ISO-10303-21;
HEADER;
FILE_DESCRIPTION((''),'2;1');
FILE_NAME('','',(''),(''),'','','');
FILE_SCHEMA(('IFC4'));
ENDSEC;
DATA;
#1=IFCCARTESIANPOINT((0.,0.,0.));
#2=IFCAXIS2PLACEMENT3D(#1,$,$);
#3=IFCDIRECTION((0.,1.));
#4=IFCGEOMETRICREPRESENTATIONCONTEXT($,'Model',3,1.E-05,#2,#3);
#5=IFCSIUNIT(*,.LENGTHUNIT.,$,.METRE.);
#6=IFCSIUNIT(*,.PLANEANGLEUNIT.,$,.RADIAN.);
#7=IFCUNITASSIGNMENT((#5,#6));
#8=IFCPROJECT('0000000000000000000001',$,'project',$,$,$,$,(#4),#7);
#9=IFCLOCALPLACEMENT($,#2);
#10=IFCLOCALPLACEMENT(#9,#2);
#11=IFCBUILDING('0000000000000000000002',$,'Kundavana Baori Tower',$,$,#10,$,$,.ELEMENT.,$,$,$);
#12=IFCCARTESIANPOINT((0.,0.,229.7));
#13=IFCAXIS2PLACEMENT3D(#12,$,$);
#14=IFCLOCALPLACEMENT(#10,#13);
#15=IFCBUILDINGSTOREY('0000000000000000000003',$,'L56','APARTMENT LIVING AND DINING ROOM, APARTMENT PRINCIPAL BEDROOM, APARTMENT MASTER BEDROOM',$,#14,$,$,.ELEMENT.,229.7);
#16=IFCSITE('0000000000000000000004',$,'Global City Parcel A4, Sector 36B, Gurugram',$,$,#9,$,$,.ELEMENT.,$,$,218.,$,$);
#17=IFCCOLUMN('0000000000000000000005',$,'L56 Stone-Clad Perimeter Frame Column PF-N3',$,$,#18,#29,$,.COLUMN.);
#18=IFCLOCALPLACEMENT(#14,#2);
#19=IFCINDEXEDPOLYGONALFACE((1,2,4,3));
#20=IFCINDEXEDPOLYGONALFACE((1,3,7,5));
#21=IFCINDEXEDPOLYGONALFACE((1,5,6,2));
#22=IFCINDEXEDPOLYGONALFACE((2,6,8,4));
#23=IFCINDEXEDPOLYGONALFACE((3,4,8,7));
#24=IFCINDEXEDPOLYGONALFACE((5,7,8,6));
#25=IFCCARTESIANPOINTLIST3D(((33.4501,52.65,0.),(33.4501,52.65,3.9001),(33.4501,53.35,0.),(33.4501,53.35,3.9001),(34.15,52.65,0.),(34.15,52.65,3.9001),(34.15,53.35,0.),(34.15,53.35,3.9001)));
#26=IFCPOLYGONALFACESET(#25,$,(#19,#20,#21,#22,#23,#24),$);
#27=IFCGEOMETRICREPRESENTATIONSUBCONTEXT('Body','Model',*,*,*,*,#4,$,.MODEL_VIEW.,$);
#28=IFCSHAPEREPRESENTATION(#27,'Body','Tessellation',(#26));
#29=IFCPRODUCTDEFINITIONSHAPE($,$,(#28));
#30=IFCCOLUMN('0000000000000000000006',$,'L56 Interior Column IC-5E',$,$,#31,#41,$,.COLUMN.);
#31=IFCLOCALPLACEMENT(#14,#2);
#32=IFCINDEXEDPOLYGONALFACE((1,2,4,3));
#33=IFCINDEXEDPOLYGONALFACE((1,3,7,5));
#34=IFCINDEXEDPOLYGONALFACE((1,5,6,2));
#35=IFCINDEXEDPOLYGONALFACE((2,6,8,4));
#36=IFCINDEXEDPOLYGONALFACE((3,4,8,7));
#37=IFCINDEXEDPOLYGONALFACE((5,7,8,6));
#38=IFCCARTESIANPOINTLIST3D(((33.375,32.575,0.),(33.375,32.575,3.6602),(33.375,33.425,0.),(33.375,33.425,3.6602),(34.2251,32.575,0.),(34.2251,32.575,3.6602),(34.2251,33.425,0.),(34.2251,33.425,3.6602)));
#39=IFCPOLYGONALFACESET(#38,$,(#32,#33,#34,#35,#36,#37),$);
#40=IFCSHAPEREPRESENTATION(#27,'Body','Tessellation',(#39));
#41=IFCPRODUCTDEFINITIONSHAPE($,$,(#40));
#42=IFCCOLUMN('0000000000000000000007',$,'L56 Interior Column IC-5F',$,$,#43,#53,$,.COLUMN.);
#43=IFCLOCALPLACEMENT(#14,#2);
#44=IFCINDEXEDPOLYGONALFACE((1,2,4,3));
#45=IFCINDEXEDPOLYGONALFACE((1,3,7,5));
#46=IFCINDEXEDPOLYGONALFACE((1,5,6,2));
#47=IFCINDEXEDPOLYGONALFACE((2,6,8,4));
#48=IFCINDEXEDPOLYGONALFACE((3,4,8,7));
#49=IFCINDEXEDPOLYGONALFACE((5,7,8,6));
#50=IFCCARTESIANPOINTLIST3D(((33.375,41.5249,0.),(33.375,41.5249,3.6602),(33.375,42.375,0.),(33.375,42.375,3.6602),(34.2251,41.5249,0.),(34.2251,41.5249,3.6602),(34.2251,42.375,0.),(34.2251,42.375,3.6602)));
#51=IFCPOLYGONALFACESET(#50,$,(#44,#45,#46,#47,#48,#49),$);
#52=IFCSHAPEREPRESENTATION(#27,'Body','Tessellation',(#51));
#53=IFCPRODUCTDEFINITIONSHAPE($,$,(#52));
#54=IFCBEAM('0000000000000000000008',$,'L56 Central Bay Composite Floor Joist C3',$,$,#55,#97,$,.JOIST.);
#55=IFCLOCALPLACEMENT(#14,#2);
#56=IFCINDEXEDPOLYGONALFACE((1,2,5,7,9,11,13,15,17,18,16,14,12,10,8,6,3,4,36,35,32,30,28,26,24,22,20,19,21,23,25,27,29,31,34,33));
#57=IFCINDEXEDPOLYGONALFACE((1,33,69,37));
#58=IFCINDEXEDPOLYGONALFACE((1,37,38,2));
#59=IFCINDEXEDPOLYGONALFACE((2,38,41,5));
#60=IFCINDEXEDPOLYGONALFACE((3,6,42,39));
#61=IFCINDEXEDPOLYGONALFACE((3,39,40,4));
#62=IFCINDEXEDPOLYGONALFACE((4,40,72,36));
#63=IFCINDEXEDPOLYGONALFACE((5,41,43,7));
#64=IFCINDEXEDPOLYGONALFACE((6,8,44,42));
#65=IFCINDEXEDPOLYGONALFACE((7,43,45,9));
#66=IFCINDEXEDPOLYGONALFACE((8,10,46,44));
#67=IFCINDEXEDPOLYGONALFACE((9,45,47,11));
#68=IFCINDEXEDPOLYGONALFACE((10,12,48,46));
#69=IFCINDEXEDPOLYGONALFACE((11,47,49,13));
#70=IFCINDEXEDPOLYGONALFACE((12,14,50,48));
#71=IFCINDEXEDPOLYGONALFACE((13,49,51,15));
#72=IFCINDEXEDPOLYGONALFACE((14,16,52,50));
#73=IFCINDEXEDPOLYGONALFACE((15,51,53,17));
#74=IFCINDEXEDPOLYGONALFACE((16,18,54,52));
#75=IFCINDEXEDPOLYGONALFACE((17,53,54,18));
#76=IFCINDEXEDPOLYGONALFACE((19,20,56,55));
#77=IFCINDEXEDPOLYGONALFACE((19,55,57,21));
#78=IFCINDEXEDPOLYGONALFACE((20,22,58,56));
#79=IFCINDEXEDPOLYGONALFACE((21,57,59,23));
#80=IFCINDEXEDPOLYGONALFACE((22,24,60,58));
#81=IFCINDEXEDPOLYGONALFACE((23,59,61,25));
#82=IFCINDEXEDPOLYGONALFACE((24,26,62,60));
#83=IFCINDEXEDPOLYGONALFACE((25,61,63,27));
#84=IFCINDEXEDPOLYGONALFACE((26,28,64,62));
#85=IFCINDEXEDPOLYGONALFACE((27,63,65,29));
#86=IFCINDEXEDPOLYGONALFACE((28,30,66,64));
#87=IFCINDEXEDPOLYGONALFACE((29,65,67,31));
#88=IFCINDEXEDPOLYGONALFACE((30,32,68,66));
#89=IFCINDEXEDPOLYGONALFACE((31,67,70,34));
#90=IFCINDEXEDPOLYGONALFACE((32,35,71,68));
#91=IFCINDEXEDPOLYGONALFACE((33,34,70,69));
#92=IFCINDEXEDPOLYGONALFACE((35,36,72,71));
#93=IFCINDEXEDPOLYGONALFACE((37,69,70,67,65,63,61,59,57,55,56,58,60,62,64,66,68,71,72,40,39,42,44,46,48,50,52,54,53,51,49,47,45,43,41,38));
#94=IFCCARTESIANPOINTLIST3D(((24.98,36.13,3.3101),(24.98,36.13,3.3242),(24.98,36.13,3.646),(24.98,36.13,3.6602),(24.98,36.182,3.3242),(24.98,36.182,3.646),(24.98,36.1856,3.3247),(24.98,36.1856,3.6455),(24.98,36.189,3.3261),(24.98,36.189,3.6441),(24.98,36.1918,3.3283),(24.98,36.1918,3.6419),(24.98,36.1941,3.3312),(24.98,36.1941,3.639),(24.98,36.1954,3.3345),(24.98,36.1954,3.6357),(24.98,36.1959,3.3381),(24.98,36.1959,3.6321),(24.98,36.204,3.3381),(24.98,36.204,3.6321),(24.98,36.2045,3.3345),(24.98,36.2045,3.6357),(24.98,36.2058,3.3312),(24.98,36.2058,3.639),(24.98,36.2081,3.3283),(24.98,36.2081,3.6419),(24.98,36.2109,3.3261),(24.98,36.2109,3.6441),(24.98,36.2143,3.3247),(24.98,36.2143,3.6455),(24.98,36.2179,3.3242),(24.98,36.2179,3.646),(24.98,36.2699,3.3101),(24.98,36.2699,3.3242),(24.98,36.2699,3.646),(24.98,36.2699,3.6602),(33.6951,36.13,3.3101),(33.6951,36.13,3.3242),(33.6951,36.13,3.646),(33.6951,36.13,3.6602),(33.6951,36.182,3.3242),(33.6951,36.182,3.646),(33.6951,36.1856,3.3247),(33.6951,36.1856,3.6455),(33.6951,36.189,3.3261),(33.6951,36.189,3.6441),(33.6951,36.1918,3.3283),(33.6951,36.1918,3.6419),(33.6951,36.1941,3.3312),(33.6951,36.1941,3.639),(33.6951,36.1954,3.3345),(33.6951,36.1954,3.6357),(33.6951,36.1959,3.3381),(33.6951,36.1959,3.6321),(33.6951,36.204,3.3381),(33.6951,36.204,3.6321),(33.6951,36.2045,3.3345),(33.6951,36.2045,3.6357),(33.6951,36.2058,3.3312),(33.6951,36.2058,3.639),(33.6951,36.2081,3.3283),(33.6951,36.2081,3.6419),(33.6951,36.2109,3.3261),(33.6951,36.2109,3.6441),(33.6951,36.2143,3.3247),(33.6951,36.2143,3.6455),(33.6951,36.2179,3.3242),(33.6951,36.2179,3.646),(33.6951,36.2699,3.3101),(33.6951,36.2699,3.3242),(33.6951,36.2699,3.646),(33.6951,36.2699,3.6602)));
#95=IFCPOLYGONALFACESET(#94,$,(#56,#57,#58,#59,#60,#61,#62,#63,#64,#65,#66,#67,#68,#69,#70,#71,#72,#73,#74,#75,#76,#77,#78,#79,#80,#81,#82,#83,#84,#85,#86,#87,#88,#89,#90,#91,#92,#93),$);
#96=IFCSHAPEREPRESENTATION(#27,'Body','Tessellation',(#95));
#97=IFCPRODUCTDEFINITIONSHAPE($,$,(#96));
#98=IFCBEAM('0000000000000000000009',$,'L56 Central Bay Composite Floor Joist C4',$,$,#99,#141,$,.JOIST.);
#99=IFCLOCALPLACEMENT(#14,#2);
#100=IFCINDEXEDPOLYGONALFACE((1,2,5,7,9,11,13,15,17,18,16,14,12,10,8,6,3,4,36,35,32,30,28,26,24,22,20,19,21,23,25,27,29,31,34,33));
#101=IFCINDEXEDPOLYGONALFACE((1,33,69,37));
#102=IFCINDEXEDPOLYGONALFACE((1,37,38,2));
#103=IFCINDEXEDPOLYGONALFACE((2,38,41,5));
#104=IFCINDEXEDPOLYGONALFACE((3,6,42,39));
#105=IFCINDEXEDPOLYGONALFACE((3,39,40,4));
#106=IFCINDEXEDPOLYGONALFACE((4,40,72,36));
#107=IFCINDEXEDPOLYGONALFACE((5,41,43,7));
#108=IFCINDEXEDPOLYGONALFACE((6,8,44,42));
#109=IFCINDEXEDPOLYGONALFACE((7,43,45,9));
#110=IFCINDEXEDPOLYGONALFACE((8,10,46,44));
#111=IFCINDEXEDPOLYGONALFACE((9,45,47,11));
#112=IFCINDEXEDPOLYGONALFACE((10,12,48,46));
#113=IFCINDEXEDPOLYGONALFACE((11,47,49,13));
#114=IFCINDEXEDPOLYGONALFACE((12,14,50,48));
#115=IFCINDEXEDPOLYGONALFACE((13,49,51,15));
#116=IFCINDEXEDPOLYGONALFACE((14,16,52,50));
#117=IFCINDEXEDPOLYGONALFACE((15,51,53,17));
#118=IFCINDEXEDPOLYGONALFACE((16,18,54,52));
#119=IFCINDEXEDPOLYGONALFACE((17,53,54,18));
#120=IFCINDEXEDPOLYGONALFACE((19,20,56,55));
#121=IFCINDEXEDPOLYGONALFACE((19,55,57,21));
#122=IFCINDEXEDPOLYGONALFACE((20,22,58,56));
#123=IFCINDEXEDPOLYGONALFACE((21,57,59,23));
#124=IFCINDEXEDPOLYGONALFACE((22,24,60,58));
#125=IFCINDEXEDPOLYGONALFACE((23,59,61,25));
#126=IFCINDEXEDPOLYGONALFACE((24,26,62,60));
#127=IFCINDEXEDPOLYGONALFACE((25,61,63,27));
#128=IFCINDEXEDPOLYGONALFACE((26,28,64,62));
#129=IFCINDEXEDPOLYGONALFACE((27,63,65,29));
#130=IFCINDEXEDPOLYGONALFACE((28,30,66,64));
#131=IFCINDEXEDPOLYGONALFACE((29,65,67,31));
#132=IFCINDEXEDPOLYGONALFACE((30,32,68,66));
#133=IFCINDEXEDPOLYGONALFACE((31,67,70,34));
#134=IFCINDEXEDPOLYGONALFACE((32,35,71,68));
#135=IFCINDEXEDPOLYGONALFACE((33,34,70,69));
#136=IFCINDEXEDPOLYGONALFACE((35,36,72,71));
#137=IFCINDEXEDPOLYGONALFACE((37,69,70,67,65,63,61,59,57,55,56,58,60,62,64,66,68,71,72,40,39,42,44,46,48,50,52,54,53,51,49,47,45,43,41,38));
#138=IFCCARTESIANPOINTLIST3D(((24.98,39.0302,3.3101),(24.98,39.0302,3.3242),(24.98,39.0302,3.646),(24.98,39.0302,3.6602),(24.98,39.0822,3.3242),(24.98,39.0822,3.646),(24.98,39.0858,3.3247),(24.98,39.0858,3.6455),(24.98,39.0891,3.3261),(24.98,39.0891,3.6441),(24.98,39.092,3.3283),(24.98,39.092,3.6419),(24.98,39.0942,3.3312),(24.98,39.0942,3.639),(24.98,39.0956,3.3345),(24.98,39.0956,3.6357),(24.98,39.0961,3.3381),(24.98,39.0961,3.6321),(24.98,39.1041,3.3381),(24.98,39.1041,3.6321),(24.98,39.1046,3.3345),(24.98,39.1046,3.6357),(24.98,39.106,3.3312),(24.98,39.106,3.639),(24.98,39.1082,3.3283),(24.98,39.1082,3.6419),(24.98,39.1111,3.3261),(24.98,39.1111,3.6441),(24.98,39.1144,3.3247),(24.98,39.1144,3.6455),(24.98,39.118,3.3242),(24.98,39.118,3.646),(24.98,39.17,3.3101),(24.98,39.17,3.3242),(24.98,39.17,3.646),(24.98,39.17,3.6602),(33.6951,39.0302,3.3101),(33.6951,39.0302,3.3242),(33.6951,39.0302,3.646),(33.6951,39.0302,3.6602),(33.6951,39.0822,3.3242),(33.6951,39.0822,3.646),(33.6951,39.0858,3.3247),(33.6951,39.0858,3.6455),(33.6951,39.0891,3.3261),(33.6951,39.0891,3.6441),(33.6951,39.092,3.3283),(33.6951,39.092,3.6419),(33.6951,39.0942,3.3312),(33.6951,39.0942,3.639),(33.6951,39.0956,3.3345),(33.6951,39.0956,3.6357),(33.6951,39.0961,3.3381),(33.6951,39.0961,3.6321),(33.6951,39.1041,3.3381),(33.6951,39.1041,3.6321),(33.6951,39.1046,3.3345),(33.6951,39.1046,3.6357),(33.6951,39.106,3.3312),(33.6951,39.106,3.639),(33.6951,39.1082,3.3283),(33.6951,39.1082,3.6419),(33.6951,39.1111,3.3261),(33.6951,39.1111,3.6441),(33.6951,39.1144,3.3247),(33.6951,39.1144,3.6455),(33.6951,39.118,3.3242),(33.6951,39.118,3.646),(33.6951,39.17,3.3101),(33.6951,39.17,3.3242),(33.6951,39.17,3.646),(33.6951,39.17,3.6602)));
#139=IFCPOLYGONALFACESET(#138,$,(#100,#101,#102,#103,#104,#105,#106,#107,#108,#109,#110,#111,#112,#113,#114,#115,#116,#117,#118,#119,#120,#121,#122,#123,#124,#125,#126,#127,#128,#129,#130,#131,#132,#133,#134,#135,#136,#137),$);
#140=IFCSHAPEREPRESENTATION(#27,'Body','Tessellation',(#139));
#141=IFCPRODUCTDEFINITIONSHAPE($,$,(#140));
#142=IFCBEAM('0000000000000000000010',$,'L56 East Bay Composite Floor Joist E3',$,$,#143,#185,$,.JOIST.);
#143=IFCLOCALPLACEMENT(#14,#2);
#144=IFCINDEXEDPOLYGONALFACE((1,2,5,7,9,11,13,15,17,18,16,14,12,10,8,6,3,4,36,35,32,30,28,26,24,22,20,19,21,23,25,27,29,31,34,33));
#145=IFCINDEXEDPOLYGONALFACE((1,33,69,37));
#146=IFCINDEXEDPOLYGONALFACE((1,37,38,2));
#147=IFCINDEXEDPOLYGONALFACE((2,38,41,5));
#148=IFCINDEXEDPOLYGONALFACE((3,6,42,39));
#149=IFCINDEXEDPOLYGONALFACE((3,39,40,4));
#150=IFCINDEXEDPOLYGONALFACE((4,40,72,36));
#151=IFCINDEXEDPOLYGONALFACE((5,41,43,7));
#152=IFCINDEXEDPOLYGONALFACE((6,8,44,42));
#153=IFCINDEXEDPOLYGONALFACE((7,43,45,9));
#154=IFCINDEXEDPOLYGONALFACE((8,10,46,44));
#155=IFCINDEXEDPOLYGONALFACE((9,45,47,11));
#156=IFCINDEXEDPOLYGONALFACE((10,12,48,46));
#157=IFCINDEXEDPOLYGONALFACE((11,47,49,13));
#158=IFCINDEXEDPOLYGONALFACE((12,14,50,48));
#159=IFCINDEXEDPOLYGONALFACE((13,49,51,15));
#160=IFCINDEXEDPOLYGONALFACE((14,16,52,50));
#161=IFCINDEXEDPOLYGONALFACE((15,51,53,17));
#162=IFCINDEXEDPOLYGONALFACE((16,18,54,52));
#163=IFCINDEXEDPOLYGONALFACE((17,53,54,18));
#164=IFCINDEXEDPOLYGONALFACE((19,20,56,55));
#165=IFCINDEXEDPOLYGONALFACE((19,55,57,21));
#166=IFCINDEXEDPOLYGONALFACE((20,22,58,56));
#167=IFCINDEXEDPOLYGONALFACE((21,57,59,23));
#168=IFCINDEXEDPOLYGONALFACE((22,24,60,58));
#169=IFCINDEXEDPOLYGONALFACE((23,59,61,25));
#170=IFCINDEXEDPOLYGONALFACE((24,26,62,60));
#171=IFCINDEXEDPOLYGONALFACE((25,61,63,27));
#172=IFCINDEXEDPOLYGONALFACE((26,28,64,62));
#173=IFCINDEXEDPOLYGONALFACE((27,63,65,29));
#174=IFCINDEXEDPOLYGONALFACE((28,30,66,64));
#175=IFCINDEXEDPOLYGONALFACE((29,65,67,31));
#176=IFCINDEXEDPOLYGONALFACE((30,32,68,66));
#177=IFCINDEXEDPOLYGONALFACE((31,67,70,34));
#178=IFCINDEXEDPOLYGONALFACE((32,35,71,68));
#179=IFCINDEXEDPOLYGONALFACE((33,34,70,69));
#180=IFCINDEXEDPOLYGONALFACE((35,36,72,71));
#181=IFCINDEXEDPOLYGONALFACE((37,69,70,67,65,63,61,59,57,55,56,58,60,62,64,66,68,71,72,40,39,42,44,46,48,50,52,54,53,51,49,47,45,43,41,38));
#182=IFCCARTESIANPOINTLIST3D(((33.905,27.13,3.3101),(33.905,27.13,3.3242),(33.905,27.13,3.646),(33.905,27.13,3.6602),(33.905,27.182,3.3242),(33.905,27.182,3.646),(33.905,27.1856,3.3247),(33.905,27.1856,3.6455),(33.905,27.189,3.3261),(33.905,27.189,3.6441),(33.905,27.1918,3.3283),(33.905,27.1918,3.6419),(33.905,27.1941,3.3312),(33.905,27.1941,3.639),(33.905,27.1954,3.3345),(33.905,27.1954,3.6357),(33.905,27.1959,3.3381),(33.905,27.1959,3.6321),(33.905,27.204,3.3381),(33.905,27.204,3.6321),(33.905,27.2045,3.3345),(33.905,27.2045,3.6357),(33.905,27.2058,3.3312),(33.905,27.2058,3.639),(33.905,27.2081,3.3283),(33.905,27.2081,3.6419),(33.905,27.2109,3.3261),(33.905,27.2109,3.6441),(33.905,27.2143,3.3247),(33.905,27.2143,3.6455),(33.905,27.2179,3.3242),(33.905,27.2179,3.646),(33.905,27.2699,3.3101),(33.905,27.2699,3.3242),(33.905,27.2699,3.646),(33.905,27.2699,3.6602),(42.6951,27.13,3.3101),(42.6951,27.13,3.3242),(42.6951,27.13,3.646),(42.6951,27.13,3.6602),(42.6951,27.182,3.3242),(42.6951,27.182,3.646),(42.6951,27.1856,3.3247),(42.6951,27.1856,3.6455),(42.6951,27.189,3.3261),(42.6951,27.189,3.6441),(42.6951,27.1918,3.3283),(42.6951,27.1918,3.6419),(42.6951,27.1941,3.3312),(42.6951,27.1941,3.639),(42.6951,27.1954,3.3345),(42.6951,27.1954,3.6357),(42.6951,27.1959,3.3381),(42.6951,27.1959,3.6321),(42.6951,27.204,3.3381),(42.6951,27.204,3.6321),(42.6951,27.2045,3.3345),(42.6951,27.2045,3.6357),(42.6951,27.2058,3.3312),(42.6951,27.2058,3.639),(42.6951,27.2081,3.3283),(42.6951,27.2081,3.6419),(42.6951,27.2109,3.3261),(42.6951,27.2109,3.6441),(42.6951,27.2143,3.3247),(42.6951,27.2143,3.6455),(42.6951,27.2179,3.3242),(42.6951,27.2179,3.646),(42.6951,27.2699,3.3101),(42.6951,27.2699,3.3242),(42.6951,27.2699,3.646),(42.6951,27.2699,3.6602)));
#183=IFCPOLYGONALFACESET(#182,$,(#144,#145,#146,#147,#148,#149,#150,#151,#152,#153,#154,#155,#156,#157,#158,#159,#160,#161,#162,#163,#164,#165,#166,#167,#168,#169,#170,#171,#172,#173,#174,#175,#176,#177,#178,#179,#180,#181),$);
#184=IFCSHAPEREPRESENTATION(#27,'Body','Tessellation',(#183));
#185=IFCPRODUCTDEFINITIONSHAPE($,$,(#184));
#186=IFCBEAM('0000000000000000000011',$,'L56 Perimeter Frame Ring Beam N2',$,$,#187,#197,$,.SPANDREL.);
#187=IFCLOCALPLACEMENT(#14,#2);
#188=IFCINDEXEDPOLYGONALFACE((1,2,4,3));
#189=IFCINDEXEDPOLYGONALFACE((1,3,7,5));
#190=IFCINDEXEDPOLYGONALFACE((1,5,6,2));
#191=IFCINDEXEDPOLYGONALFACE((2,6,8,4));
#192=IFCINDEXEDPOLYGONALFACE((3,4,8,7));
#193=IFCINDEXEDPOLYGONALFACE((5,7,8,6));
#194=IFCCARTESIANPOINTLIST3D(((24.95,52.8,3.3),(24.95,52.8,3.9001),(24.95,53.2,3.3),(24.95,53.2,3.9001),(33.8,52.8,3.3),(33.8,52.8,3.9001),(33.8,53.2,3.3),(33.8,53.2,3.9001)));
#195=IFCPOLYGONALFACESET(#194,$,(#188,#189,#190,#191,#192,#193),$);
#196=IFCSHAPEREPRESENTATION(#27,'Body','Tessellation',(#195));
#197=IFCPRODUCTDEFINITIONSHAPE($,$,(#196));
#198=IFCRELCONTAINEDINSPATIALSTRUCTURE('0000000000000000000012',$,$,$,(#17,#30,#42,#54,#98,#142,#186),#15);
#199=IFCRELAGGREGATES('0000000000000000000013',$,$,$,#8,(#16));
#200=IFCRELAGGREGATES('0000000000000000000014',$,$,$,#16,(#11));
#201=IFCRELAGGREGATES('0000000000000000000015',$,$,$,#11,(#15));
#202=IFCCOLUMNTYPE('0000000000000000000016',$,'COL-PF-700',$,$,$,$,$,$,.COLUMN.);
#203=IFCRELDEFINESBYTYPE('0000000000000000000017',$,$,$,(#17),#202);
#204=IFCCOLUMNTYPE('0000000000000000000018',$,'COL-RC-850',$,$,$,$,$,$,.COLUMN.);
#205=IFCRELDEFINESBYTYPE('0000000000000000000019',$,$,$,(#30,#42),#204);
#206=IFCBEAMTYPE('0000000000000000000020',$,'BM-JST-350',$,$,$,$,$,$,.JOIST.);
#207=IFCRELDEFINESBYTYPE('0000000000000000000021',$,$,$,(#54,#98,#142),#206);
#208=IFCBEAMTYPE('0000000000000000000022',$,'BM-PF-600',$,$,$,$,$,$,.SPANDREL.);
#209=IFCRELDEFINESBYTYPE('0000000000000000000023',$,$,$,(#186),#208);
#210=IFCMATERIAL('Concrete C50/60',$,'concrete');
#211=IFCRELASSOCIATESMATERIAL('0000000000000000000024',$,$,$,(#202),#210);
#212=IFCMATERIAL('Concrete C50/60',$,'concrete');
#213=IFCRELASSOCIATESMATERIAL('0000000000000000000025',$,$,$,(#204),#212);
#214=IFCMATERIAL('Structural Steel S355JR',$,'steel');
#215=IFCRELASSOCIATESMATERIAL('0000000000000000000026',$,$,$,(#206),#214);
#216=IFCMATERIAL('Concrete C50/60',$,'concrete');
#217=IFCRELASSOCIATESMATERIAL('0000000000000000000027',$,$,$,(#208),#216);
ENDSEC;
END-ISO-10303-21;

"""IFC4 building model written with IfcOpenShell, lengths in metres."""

from ifc_helpers import new_model, si_unit, direction, frame, origin, origin_2d, place, context, subcontext, project, spatial, rectangle, i_section, extrude, material, material_profile, profile_set, type_object, element, save


model = new_model("IFC4")

# Units and contexts
model_context = context("Model", 3, precision=1e-05, world=origin(), true_north=direction((0.0, 1.0)))
body_context = subcontext(model_context, "Body", "Model", "MODEL_VIEW")
ifc_project = project(units=[si_unit("LENGTHUNIT", "METRE"), si_unit("PLANEANGLEUNIT", "RADIAN")], contexts=[model_context])

# Site, building, storey
site_placement = place(None, origin())
site = spatial("IfcSite", under=ifc_project, at=site_placement, Name="Global City Parcel A4, Sector 36B, Gurugram", CompositionType="ELEMENT", RefElevation=218.0)
building_placement = place(site_placement, origin())
building = spatial("IfcBuilding", under=site, at=building_placement, Name="Kundavana Baori Tower", CompositionType="ELEMENT")
storey_placement = place(building_placement, frame((0.0, 0.0, 229.7)))
storey = spatial("IfcBuildingStorey", under=building, at=storey_placement, Name="L56", Description="APARTMENT LIVING AND DINING ROOM, APARTMENT PRINCIPAL BEDROOM, APARTMENT MASTER BEDROOM", CompositionType="ELEMENT", Elevation=229.7)

# Columns
ifc_material_1 = material(Name="Concrete C50/60", Category="concrete")
ifc_material_profile_1 = material_profile(ifc_material_1, rectangle(XDim=0.7, YDim=0.7, at=origin_2d()), Name="RC PF 700x700")
ifc_profile_set_1 = profile_set([ifc_material_profile_1], Name="Concrete C50/60")
column_type_1 = type_object("IfcColumnType", Name="COL-PF-700", PredefinedType="COLUMN", material=ifc_profile_set_1)
column_placement = place(storey_placement, frame((33.8, 53.0, 0.0), z_axis=(0.0, 0.0, 1.0), x_axis=(1.0, 0.0, 0.0)))
element("IfcColumn", 1, at=column_placement, inside=storey, type_object=column_type_1, Name="L56 Stone-Clad Perimeter Frame Column PF-N3", PredefinedType="COLUMN", context=body_context, shape_type="SweptSolid", body=[
    extrude(rectangle(XDim=0.7, YDim=0.7, at=origin_2d()), origin(), (0.0, 0.0, 1.0), 3.9001),
])
ifc_material_2 = material(Name="Concrete C50/60", Category="concrete")
ifc_material_profile_2 = material_profile(ifc_material_2, rectangle(XDim=0.8501, YDim=0.8501, at=origin_2d()), Name="RC 850x850")
ifc_profile_set_2 = profile_set([ifc_material_profile_2], Name="Concrete C50/60")
column_type_2 = type_object("IfcColumnType", Name="COL-RC-850", PredefinedType="COLUMN", material=ifc_profile_set_2)
for number, where, z_axis, x_axis, name in (
    (2, (33.8, 33.0, 0.0), (0.0, 0.0, 1.0), (1.0, 0.0, 0.0), "L56 Interior Column IC-5E"),
    (3, (33.8, 41.95, 0.0), (0.0, 0.0, 1.0), (1.0, 0.0, 0.0), "L56 Interior Column IC-5F"),
):
    element("IfcColumn", number, at=place(storey_placement, frame(where, z_axis=z_axis, x_axis=x_axis)), inside=storey, type_object=column_type_2, Name=name, PredefinedType="COLUMN", context=body_context, shape_type="SweptSolid", body=[
        extrude(rectangle(XDim=0.8501, YDim=0.8501, at=origin_2d()), origin(), (0.0, 0.0, 1.0), 3.6602),
    ])

# Beams
ifc_material_3 = material(Name="Structural Steel S355JR", Category="steel")
ifc_material_profile_3 = material_profile(ifc_material_3, i_section(OverallWidth=0.1399, OverallDepth=0.3501, WebThickness=0.0081, FlangeThickness=0.0142, FilletRadius=0.0139, at=origin_2d()), Name="ISMB 350")
ifc_profile_set_3 = profile_set([ifc_material_profile_3], Name="Structural Steel S355JR")
beam_type_1 = type_object("IfcBeamType", Name="BM-JST-350", PredefinedType="JOIST", material=ifc_profile_set_3)
for number, where, z_axis, x_axis, name in (
    (4, (24.98, 36.2, 3.4851), (1.0, 0.0, 0.0), (0.0, 1.0, 0.0), "L56 Central Bay Composite Floor Joist C3"),
    (5, (24.98, 39.1001, 3.4851), (1.0, 0.0, 0.0), (0.0, 1.0, 0.0), "L56 Central Bay Composite Floor Joist C4"),
):
    element("IfcBeam", number, at=place(storey_placement, frame(where, z_axis=z_axis, x_axis=x_axis)), inside=storey, type_object=beam_type_1, Name=name, PredefinedType="JOIST", context=body_context, shape_type="SweptSolid", body=[
        extrude(i_section(OverallWidth=0.1399, OverallDepth=0.3501, WebThickness=0.0081, FlangeThickness=0.0142, FilletRadius=0.0139, at=origin_2d()), origin(), (0.0, 0.0, 1.0), 8.7151),
    ])
beam_1_placement = place(storey_placement, frame((33.905, 27.2, 3.4851), z_axis=(1.0, 0.0, 0.0), x_axis=(0.0, 1.0, 0.0)))
element("IfcBeam", 6, at=beam_1_placement, inside=storey, type_object=beam_type_1, Name="L56 East Bay Composite Floor Joist E3", PredefinedType="JOIST", context=body_context, shape_type="SweptSolid", body=[
    extrude(i_section(OverallWidth=0.1399, OverallDepth=0.3501, WebThickness=0.0081, FlangeThickness=0.0142, FilletRadius=0.0139, at=origin_2d()), origin(), (0.0, 0.0, 1.0), 8.79),
])
ifc_material_4 = material(Name="Concrete C50/60", Category="concrete")
ifc_material_profile_4 = material_profile(ifc_material_4, rectangle(XDim=0.3999, YDim=0.6001, at=origin_2d()), Name="RC BM 400x600")
ifc_profile_set_4 = profile_set([ifc_material_profile_4], Name="Concrete C50/60")
beam_type_2 = type_object("IfcBeamType", Name="BM-PF-600", PredefinedType="SPANDREL", material=ifc_profile_set_4)
beam_2_placement = place(storey_placement, frame((24.95, 53.0, 3.6001), z_axis=(1.0, 0.0, 0.0), x_axis=(0.0, 1.0, 0.0)))
element("IfcBeam", 7, at=beam_2_placement, inside=storey, type_object=beam_type_2, Name="L56 Perimeter Frame Ring Beam N2", PredefinedType="SPANDREL", context=body_context, shape_type="SweptSolid", body=[
    extrude(rectangle(XDim=0.3999, YDim=0.6001, at=origin_2d()), origin(), (0.0, 0.0, 1.0), 8.8501),
])

save(model, "model.ifc")
